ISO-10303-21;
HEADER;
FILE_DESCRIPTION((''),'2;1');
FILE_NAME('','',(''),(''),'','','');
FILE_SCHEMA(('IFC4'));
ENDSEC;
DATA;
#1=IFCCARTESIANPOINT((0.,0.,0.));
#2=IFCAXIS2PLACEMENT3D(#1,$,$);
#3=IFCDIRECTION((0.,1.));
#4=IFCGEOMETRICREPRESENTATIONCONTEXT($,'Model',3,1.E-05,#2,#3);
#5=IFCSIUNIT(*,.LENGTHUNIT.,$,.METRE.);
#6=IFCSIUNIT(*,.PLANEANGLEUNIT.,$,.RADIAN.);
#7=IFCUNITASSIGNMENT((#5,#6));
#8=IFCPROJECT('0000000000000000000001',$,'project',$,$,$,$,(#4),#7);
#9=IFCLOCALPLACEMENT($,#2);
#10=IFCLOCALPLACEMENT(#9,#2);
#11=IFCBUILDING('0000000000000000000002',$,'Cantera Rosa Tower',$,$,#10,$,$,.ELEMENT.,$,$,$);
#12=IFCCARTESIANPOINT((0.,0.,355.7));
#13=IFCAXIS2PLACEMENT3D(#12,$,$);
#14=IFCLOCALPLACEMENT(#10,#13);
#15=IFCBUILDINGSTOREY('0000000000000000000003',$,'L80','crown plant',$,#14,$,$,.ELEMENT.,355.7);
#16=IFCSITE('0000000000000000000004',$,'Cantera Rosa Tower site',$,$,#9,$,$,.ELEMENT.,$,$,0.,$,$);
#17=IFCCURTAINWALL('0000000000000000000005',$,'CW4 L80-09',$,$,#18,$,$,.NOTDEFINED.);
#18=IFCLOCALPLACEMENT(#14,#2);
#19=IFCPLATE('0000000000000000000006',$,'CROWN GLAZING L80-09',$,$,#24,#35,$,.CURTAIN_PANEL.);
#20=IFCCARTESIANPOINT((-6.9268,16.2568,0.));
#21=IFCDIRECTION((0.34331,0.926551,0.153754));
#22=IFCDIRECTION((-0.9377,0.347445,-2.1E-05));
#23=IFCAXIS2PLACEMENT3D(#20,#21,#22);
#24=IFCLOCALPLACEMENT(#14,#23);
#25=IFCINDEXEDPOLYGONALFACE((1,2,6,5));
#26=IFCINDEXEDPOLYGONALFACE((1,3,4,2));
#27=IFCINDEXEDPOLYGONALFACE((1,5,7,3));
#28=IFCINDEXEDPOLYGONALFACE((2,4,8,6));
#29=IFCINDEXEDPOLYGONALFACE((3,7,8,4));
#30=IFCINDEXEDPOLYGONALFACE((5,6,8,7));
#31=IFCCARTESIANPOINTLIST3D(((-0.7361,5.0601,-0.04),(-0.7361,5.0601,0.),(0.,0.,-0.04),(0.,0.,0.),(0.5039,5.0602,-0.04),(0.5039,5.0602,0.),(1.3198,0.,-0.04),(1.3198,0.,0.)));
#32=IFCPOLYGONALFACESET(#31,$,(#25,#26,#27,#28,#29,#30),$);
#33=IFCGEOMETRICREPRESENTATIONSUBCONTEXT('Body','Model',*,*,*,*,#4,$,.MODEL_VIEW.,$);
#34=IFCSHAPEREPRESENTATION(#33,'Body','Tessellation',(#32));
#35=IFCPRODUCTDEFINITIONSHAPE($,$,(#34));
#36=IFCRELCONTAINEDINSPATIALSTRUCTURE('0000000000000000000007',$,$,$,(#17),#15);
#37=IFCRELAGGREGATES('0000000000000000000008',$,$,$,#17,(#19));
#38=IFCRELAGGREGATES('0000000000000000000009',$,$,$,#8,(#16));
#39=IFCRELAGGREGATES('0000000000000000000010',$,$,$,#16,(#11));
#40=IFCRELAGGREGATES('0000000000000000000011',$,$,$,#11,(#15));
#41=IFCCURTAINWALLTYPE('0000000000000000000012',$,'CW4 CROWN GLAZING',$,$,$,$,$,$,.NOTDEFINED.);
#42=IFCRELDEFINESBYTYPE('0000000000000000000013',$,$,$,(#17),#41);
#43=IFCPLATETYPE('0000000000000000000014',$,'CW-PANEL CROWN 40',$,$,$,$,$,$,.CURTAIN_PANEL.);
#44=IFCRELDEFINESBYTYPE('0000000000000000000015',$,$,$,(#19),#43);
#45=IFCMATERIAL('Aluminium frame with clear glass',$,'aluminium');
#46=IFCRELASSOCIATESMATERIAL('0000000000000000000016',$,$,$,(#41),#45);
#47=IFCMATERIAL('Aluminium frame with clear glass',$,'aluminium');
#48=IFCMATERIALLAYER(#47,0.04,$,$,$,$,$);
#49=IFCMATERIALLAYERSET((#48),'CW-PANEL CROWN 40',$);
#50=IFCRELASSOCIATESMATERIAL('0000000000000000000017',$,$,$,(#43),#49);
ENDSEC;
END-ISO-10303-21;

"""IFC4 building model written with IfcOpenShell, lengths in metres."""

from ifc_helpers import new_model, si_unit, direction, frame, origin, place, context, subcontext, project, spatial, polyline, outline, extrude, material, layer, layer_set, type_object, element, aggregate, save


model = new_model("IFC4")

# Units and contexts
model_context = context("Model", 3, precision=1e-05, world=origin(), true_north=direction((0.0, 1.0)))
body_context = subcontext(model_context, "Body", "Model", "MODEL_VIEW")
ifc_project = project(units=[si_unit("LENGTHUNIT", "METRE"), si_unit("PLANEANGLEUNIT", "RADIAN")], contexts=[model_context])

# Site, building, storey
site_placement = place(None, origin())
site = spatial("IfcSite", under=ifc_project, at=site_placement, Name="Cantera Rosa Tower site", CompositionType="ELEMENT", RefElevation=0.0)
building_placement = place(site_placement, origin())
building = spatial("IfcBuilding", under=site, at=building_placement, Name="Cantera Rosa Tower", CompositionType="ELEMENT")
storey_placement = place(building_placement, frame((0.0, 0.0, 355.7)))
storey = spatial("IfcBuildingStorey", under=building, at=storey_placement, Name="L80", Description="crown plant", CompositionType="ELEMENT", Elevation=355.7)

# Curtain wall
ifc_material_1 = material(Name="Aluminium frame with clear glass", Category="aluminium")
curtain_wall_type = type_object("IfcCurtainWallType", Name="CW4 CROWN GLAZING", PredefinedType="NOTDEFINED", material=ifc_material_1)
curtain_wall_1_placement = place(storey_placement, origin())
curtain_wall_1 = element("IfcCurtainWall", 1, at=curtain_wall_1_placement, inside=storey, type_object=curtain_wall_type, Name="CW4 L80-09", PredefinedType="NOTDEFINED")

# Plate
ifc_material_2 = material(Name="Aluminium frame with clear glass", Category="aluminium")
ifc_layer_1 = layer(ifc_material_2, 0.04)
ifc_layer_set_1 = layer_set([ifc_layer_1], Name="CW-PANEL CROWN 40")
plate_type = type_object("IfcPlateType", Name="CW-PANEL CROWN 40", PredefinedType="CURTAIN_PANEL", material=ifc_layer_set_1)
plate_1_placement = place(storey_placement, frame((-6.9268, 16.2568, 0.0), z_axis=(0.34331, 0.926551, 0.153754), x_axis=(-0.9377, 0.347445, -0.000021)))
plate_1 = element("IfcPlate", 2, at=plate_1_placement, type_object=plate_type, Name="CROWN GLAZING L80-09", PredefinedType="CURTAIN_PANEL", context=body_context, shape_type="SweptSolid", body=[
    extrude(outline(polyline([(0.0, 0.0), (1.3198, 0.0), (0.5039, 5.0602), (-0.7361, 5.0601), (0.0, 0.0)])), origin(), (0.0, 0.0, -1.0), 0.04),
])

aggregate(curtain_wall_1, [plate_1])

save(model, "model.ifc")
